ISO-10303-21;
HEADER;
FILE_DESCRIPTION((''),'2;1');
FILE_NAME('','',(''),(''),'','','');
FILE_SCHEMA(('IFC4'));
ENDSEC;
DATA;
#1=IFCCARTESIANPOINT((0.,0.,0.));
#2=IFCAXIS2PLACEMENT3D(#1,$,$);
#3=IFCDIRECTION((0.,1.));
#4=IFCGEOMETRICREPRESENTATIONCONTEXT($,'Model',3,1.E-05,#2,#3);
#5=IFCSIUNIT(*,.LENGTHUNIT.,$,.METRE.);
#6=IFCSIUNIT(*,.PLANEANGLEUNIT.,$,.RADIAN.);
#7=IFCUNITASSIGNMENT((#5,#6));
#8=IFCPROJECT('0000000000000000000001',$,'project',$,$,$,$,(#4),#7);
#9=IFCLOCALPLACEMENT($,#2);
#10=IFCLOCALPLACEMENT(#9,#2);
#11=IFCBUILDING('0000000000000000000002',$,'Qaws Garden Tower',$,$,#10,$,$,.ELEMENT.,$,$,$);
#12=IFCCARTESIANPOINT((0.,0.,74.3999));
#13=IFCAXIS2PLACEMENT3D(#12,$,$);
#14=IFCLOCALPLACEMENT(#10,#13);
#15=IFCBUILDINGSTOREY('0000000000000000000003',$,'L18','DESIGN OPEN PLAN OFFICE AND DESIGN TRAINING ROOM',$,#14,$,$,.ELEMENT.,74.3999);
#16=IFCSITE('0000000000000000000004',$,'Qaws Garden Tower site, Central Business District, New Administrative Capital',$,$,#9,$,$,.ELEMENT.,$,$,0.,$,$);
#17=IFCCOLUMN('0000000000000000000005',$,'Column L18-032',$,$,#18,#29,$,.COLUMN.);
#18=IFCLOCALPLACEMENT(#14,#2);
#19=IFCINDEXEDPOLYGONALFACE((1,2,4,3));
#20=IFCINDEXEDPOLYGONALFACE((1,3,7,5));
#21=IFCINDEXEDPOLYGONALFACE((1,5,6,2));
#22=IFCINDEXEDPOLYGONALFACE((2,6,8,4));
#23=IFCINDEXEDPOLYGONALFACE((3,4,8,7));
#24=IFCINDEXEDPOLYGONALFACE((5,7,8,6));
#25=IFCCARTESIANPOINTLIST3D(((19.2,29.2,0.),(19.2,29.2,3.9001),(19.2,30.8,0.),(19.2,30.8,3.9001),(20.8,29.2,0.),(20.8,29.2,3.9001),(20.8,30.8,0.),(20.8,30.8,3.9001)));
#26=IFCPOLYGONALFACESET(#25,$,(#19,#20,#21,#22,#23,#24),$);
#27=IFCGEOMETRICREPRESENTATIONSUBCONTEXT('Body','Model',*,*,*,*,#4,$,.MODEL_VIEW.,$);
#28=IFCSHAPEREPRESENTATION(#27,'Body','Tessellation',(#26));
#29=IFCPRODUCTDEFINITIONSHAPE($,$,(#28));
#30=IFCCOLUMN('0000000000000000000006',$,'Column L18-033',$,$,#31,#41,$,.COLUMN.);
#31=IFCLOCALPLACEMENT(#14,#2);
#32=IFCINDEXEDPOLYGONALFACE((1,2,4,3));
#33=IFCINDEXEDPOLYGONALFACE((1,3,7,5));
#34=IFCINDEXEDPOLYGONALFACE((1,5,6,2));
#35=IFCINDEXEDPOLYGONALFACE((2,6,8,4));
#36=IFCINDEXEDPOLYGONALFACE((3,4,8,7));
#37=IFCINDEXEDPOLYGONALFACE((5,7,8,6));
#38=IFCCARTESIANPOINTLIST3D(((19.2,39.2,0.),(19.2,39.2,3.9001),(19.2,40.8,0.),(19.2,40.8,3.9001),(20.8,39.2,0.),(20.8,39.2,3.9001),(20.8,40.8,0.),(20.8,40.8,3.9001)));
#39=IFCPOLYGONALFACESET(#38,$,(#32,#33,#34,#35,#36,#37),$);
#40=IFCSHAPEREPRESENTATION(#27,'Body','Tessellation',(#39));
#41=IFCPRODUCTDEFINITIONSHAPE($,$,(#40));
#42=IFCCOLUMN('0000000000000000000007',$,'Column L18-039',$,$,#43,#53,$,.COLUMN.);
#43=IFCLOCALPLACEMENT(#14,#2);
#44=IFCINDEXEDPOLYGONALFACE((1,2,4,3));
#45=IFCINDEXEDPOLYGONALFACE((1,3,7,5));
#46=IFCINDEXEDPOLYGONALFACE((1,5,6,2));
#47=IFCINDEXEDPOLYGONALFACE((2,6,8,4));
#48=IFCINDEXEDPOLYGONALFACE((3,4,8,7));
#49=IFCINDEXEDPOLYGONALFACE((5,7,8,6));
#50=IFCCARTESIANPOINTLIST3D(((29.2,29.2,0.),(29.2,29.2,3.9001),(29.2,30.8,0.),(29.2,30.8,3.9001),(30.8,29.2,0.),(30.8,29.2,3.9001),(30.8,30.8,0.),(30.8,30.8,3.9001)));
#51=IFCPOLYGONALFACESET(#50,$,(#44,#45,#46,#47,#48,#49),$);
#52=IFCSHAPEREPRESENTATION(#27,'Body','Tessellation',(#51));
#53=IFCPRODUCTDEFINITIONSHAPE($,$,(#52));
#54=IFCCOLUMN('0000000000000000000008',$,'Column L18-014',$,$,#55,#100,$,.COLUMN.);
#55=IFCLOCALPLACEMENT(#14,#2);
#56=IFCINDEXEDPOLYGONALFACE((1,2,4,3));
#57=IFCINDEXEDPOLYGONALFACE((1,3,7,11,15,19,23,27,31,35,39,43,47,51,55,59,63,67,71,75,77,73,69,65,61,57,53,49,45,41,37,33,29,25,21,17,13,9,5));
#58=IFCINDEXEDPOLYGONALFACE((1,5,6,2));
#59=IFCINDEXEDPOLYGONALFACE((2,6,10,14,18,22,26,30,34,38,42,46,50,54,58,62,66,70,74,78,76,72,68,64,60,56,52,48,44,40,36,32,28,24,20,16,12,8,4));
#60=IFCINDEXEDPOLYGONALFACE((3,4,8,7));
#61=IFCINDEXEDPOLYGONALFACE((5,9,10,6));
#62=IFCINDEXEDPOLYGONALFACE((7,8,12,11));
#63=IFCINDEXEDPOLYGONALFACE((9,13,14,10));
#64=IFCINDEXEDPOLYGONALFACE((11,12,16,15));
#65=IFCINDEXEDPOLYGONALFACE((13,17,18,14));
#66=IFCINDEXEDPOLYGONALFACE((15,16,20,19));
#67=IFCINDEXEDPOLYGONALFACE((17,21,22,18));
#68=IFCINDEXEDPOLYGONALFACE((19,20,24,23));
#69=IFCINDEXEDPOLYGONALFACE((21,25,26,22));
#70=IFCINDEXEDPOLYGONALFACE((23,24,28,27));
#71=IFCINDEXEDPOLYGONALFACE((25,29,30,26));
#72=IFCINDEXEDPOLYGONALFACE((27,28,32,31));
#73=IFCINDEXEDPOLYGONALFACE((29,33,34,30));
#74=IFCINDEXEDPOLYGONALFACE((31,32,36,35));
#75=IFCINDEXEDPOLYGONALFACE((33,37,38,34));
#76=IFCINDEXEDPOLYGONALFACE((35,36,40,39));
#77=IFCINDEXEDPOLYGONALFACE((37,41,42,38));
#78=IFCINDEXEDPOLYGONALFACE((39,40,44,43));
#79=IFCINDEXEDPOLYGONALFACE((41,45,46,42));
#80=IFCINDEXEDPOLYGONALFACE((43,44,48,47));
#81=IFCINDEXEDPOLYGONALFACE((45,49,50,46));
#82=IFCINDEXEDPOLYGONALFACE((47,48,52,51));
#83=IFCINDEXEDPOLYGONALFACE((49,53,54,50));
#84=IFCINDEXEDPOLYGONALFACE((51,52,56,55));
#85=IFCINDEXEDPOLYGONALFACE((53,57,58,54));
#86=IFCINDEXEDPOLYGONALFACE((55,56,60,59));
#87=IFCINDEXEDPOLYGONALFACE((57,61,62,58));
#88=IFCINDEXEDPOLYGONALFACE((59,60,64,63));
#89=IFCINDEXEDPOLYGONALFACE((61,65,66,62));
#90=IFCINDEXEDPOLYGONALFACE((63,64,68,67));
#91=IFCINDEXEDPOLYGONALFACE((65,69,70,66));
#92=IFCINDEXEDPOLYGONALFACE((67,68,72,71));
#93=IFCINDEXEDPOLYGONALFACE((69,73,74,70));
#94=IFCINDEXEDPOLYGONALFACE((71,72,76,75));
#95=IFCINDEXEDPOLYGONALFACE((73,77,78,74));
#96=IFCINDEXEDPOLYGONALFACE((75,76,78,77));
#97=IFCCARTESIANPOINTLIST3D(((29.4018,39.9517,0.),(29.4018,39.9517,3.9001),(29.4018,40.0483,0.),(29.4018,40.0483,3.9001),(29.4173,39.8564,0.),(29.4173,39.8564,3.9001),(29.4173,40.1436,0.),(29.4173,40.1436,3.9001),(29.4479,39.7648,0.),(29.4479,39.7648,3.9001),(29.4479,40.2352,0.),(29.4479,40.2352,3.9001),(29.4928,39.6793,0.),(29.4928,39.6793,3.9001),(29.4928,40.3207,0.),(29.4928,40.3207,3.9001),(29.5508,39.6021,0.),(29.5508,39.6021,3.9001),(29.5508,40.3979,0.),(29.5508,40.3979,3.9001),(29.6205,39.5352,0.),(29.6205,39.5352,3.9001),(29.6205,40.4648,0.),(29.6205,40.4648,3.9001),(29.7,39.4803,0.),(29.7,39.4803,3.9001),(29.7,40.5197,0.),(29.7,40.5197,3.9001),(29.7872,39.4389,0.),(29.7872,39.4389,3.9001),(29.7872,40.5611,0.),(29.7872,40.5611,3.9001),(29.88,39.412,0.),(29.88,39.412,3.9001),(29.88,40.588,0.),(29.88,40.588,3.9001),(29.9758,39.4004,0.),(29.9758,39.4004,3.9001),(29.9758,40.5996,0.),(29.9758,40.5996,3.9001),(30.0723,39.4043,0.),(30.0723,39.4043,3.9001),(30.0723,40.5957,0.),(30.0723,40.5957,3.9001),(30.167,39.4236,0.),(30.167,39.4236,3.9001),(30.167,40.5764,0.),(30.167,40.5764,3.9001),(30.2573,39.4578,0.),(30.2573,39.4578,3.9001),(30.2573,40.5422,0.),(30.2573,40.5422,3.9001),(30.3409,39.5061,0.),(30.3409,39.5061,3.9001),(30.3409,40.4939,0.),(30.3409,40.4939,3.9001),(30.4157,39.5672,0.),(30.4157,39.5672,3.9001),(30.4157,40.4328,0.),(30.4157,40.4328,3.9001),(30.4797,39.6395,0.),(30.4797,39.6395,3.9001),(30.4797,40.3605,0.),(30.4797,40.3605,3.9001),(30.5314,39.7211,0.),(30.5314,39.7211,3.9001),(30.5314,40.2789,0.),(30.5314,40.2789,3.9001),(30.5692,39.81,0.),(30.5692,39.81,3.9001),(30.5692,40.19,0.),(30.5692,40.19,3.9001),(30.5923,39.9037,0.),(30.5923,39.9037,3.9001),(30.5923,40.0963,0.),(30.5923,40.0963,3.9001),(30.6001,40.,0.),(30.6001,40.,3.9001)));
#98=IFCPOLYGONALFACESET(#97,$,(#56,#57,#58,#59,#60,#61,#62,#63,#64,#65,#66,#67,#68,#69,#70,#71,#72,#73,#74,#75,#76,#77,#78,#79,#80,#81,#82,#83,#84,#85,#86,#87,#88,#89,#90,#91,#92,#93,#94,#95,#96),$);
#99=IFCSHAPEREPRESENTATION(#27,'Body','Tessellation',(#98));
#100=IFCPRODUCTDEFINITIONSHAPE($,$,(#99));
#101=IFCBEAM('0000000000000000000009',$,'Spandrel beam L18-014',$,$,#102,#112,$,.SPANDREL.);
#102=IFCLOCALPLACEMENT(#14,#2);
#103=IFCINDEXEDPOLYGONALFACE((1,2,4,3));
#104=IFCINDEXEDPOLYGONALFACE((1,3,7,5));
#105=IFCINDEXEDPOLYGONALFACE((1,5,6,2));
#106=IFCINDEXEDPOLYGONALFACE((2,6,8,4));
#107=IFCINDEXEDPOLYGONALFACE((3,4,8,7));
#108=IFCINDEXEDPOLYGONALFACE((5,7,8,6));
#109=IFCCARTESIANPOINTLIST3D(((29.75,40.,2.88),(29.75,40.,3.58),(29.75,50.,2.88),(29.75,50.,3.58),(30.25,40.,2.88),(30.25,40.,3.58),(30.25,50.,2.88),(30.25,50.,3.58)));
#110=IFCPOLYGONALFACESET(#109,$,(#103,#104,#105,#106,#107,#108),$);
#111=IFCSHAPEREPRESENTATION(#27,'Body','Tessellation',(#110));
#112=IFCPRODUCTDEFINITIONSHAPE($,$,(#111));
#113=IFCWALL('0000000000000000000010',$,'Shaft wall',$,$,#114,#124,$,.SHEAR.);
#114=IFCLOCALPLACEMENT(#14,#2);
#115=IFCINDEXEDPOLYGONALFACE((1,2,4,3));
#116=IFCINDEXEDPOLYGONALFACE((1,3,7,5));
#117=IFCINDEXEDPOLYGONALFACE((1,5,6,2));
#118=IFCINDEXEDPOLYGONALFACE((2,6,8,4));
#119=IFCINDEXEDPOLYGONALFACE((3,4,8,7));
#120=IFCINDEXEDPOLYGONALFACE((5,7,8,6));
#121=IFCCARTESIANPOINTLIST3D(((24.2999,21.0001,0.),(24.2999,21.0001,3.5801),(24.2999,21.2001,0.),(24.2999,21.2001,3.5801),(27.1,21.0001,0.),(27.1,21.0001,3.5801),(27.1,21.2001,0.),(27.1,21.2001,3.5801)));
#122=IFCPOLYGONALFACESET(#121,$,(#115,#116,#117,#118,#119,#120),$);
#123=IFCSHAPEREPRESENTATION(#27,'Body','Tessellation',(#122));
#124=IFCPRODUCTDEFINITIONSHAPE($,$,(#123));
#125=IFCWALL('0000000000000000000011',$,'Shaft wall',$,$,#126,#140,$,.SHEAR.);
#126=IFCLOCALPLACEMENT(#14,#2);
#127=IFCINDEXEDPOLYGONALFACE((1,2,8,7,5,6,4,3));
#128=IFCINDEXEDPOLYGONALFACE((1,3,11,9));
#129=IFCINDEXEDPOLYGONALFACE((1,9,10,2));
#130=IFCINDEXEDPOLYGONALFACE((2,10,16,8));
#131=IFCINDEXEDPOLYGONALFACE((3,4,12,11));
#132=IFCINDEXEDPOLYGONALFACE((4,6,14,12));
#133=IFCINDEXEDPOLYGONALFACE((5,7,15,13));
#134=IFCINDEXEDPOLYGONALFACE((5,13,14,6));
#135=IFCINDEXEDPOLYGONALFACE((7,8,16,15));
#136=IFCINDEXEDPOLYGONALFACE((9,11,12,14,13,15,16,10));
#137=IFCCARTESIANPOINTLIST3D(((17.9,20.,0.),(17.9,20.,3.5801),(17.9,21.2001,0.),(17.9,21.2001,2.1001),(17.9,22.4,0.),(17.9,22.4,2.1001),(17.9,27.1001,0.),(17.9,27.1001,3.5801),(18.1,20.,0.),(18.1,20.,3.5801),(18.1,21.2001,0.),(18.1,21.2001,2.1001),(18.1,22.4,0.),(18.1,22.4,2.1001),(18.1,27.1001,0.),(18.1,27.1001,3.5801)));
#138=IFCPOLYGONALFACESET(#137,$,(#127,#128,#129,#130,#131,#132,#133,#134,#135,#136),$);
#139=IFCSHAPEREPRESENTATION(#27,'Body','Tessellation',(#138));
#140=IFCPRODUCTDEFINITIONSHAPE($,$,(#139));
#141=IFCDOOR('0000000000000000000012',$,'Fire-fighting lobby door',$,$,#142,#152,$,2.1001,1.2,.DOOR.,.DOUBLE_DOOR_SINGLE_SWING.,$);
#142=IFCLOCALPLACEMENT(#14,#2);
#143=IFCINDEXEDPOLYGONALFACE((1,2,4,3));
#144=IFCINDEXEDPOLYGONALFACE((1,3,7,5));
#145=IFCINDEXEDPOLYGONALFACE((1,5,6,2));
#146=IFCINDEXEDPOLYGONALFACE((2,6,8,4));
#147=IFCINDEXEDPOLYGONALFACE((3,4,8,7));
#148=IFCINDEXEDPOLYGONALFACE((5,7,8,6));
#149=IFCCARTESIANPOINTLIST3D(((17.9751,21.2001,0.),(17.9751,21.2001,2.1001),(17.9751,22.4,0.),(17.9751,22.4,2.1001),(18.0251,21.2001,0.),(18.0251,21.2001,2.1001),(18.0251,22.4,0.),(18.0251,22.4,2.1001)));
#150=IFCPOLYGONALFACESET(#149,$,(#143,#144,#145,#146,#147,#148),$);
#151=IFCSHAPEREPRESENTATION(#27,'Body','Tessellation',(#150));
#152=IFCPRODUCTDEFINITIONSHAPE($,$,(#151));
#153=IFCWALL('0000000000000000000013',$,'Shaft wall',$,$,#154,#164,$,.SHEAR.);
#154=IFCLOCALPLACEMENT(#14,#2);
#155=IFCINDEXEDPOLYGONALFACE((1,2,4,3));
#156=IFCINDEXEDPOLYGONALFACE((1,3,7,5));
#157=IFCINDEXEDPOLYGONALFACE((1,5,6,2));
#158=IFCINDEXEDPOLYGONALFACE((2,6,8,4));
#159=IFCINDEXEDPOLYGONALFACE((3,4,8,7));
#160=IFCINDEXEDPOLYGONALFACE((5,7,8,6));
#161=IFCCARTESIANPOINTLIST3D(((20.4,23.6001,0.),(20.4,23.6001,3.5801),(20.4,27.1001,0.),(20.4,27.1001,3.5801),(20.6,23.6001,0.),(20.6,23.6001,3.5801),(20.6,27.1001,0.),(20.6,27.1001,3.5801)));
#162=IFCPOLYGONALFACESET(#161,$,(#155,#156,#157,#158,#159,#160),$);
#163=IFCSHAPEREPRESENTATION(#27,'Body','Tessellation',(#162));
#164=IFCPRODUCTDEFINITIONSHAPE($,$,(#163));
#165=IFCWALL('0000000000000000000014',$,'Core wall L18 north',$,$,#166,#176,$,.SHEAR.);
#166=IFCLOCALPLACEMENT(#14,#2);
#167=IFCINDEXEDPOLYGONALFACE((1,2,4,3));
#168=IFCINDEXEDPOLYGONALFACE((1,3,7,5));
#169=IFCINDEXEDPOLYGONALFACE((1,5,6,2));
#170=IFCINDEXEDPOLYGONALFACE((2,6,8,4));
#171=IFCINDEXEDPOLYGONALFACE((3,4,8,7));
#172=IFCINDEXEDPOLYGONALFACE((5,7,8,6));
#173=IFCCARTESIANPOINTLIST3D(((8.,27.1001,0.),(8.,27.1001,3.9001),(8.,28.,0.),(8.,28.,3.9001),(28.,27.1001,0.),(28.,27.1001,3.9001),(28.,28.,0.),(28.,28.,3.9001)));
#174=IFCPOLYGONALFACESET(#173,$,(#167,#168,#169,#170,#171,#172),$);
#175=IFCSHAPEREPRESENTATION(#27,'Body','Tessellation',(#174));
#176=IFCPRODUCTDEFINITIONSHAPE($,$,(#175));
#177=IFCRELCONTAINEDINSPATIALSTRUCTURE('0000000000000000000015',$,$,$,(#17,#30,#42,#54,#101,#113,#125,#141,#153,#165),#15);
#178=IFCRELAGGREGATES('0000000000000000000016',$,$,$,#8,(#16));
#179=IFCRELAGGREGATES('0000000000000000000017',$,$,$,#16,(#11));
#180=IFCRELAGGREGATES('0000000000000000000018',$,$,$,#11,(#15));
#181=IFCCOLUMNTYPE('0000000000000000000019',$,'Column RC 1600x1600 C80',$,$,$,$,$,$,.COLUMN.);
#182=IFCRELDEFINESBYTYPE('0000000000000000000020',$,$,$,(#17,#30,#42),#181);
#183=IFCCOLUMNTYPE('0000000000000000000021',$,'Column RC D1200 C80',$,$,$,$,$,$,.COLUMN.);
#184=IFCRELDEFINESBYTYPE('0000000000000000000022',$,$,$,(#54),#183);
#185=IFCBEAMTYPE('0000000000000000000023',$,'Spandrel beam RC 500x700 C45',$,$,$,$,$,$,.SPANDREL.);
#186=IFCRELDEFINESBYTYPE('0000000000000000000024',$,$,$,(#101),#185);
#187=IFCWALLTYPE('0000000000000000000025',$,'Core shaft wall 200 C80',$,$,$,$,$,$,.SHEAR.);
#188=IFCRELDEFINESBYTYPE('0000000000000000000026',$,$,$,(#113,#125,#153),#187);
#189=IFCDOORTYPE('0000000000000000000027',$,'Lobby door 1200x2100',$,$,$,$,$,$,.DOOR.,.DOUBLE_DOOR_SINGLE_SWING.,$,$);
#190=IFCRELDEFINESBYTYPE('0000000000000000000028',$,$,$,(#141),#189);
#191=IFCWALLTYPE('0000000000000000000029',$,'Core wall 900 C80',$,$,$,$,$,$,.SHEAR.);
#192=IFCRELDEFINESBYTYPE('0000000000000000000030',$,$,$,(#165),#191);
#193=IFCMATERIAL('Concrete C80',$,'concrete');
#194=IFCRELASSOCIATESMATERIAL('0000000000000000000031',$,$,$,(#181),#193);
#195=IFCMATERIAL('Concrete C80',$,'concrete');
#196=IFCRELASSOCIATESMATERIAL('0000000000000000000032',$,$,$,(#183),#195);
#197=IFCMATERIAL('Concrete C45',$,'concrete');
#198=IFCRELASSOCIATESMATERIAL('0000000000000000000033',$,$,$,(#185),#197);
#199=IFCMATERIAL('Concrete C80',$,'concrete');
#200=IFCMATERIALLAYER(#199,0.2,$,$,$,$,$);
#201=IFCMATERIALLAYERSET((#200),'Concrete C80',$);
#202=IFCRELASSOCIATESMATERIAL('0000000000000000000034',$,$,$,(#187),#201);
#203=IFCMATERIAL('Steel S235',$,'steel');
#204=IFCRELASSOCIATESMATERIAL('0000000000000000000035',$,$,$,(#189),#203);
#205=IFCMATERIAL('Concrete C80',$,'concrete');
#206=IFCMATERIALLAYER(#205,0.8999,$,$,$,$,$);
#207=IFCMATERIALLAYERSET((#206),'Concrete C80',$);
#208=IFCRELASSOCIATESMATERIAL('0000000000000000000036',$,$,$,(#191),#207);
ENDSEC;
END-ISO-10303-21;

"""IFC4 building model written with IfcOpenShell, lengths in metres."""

from ifc_helpers import new_model, si_unit, direction, frame, frame_2d, origin, origin_2d, place, context, subcontext, project, spatial, rectangle, circle, extrude, material, layer, layer_set, material_profile, profile_set, type_object, element, fill, save


model = new_model("IFC4")

# Units and contexts
model_context = context("Model", 3, precision=1e-05, world=origin(), true_north=direction((0.0, 1.0)))
body_context = subcontext(model_context, "Body", "Model", "MODEL_VIEW")
ifc_project = project(units=[si_unit("LENGTHUNIT", "METRE"), si_unit("PLANEANGLEUNIT", "RADIAN")], contexts=[model_context])

# Site, building, storey
site_placement = place(None, origin())
site = spatial("IfcSite", under=ifc_project, at=site_placement, Name="Qaws Garden Tower site, Central Business District, New Administrative Capital", CompositionType="ELEMENT", RefElevation=0.0)
building_placement = place(site_placement, origin())
building = spatial("IfcBuilding", under=site, at=building_placement, Name="Qaws Garden Tower", CompositionType="ELEMENT")
storey_placement = place(building_placement, frame((0.0, 0.0, 74.3999)))
storey = spatial("IfcBuildingStorey", under=building, at=storey_placement, Name="L18", Description="DESIGN OPEN PLAN OFFICE AND DESIGN TRAINING ROOM", CompositionType="ELEMENT", Elevation=74.3999)

# Columns
ifc_material_1 = material(Name="Concrete C80", Category="concrete")
ifc_material_profile_1 = material_profile(ifc_material_1, rectangle(XDim=1.6001, YDim=1.6001, at=origin_2d()), Name="RC 1600x1600")
ifc_profile_set_1 = profile_set([ifc_material_profile_1], Name="Concrete C80")
column_type_1 = type_object("IfcColumnType", Name="Column RC 1600x1600 C80", PredefinedType="COLUMN", material=ifc_profile_set_1)
for number, where, z_axis, x_axis, name in (
    (1, (20.0, 30.0, 0.0), (0.0, 0.0, 1.0), (1.0, 0.0, 0.0), "Column L18-032"),
    (2, (20.0, 40.0, 0.0), (0.0, 0.0, 1.0), (1.0, 0.0, 0.0), "Column L18-033"),
    (3, (30.0, 30.0, 0.0), (0.0, 0.0, 1.0), (1.0, 0.0, 0.0), "Column L18-039"),
):
    element("IfcColumn", number, at=place(storey_placement, frame(where, z_axis=z_axis, x_axis=x_axis)), inside=storey, type_object=column_type_1, Name=name, PredefinedType="COLUMN", context=body_context, shape_type="SweptSolid", body=[
        extrude(rectangle(XDim=1.6001, YDim=1.6001, at=origin_2d()), origin(), (0.0, 0.0, 1.0), 3.9001),
    ])
ifc_material_2 = material(Name="Concrete C80", Category="concrete")
ifc_material_profile_2 = material_profile(ifc_material_2, circle(Radius=0.6001, at=origin_2d()), Name="RC D1200")
ifc_profile_set_2 = profile_set([ifc_material_profile_2], Name="Concrete C80")
column_type_2 = type_object("IfcColumnType", Name="Column RC D1200 C80", PredefinedType="COLUMN", material=ifc_profile_set_2)
column_placement = place(storey_placement, frame((30.0, 40.0, 0.0), z_axis=(0.0, 0.0, 1.0), x_axis=(1.0, 0.0, 0.0)))
element("IfcColumn", 4, at=column_placement, inside=storey, type_object=column_type_2, Name="Column L18-014", PredefinedType="COLUMN", context=body_context, shape_type="SweptSolid", body=[
    extrude(circle(Radius=0.6001, at=origin_2d()), origin(), (0.0, 0.0, 1.0), 3.9001),
])

# Beam
ifc_material_3 = material(Name="Concrete C45", Category="concrete")
ifc_material_profile_3 = material_profile(ifc_material_3, rectangle(XDim=0.5, YDim=0.7, at=origin_2d()), Name="RC 500x700")
ifc_profile_set_3 = profile_set([ifc_material_profile_3], Name="Concrete C45")
beam_type = type_object("IfcBeamType", Name="Spandrel beam RC 500x700 C45", PredefinedType="SPANDREL", material=ifc_profile_set_3)
beam_placement = place(storey_placement, frame((30.0, 40.0, 3.23), z_axis=(0.0, 1.0, 0.0), x_axis=(-1.0, 0.0, 0.0)))
element("IfcBeam", 5, at=beam_placement, inside=storey, type_object=beam_type, Name="Spandrel beam L18-014", PredefinedType="SPANDREL", context=body_context, shape_type="SweptSolid", body=[
    extrude(rectangle(XDim=0.5, YDim=0.7, at=origin_2d()), origin(), (0.0, 0.0, 1.0), 10.0),
])

# Wall
ifc_material_4 = material(Name="Concrete C80", Category="concrete")
ifc_layer_1 = layer(ifc_material_4, 0.2)
ifc_layer_set_1 = layer_set([ifc_layer_1], Name="Concrete C80")
wall_type_1 = type_object("IfcWallType", Name="Core shaft wall 200 C80", PredefinedType="SHEAR", material=ifc_layer_set_1)
wall_1_placement = place(storey_placement, frame((24.3, 21.1001, 0.0), z_axis=(0.0, 0.0, 1.0), x_axis=(1.0, 0.0, 0.0)))
element("IfcWall", 6, at=wall_1_placement, inside=storey, type_object=wall_type_1, Name="Shaft wall", PredefinedType="SHEAR", context=body_context, shape_type="SweptSolid", body=[
    extrude(rectangle(XDim=2.8, YDim=0.2, at=frame_2d((1.3999, 0.0))), origin(), (0.0, 0.0, 1.0), 3.5801),
])

# Wall, opening, door
wall_2_placement = place(storey_placement, frame((18.0, 20.0, 0.0), z_axis=(0.0, 0.0, 1.0), x_axis=(0.0, 1.0, 0.0)))
wall_2 = element("IfcWall", 7, at=wall_2_placement, inside=storey, type_object=wall_type_1, Name="Shaft wall", PredefinedType="SHEAR", context=body_context, shape_type="SweptSolid", body=[
    extrude(rectangle(XDim=7.1001, YDim=0.2, at=frame_2d((3.55, 0.0))), origin(), (0.0, 0.0, 1.0), 3.5801),
])
opening_1_placement = place(wall_2_placement, frame((1.2, 0.0, 0.0)))
opening_1 = element("IfcOpeningElement", 8, at=opening_1_placement, cuts=wall_2, PredefinedType="OPENING", context=body_context, shape_type="SweptSolid", body=[
    extrude(rectangle(XDim=1.2, YDim=2.1001, at=frame_2d((0.6001, 1.05))), frame((0.0, 0.1099, 0.0), z_axis=(0.0, -1.0, 0.0), x_axis=(1.0, 0.0, 0.0)), (0.0, 0.0, 1.0), 0.22),
])
ifc_material_5 = material(Name="Steel S235", Category="steel")
door_type_1 = type_object("IfcDoorType", Name="Lobby door 1200x2100", OperationType="DOUBLE_DOOR_SINGLE_SWING", PredefinedType="DOOR", material=ifc_material_5)
door_1_placement = place(opening_1_placement, origin())
door_1 = element("IfcDoor", 9, at=door_1_placement, inside=storey, type_object=door_type_1, Name="Fire-fighting lobby door", OperationType="DOUBLE_DOOR_SINGLE_SWING", OverallHeight=2.1001, OverallWidth=1.2, PredefinedType="DOOR", context=body_context, shape_type="SweptSolid", body=[
    extrude(rectangle(XDim=1.2, YDim=2.1001, at=frame_2d((0.6001, 1.05))), frame((0.0, 0.0249, 0.0), z_axis=(0.0, -1.0, 0.0), x_axis=(1.0, 0.0, 0.0)), (0.0, 0.0, 1.0), 0.05),
])
fill(opening_1, door_1)

# Walls
wall_3_placement = place(storey_placement, frame((20.5, 23.6001, 0.0), z_axis=(0.0, 0.0, 1.0), x_axis=(0.0, 1.0, 0.0)))
element("IfcWall", 10, at=wall_3_placement, inside=storey, type_object=wall_type_1, Name="Shaft wall", PredefinedType="SHEAR", context=body_context, shape_type="SweptSolid", body=[
    extrude(rectangle(XDim=3.5, YDim=0.2, at=frame_2d((1.75, 0.0))), origin(), (0.0, 0.0, 1.0), 3.5801),
])
ifc_material_6 = material(Name="Concrete C80", Category="concrete")
ifc_layer_2 = layer(ifc_material_6, 0.8999)
ifc_layer_set_2 = layer_set([ifc_layer_2], Name="Concrete C80")
wall_type_2 = type_object("IfcWallType", Name="Core wall 900 C80", PredefinedType="SHEAR", material=ifc_layer_set_2)
wall_4_placement = place(storey_placement, frame((28.0, 27.55, 0.0), z_axis=(0.0, 0.0, 1.0), x_axis=(-1.0, 0.0, 0.0)))
element("IfcWall", 11, at=wall_4_placement, inside=storey, type_object=wall_type_2, Name="Core wall L18 north", PredefinedType="SHEAR", context=body_context, shape_type="SweptSolid", body=[
    extrude(rectangle(XDim=20.0, YDim=0.8999, at=frame_2d((10.0, 0.0))), origin(), (0.0, 0.0, 1.0), 3.9001),
])

save(model, "model.ifc")
